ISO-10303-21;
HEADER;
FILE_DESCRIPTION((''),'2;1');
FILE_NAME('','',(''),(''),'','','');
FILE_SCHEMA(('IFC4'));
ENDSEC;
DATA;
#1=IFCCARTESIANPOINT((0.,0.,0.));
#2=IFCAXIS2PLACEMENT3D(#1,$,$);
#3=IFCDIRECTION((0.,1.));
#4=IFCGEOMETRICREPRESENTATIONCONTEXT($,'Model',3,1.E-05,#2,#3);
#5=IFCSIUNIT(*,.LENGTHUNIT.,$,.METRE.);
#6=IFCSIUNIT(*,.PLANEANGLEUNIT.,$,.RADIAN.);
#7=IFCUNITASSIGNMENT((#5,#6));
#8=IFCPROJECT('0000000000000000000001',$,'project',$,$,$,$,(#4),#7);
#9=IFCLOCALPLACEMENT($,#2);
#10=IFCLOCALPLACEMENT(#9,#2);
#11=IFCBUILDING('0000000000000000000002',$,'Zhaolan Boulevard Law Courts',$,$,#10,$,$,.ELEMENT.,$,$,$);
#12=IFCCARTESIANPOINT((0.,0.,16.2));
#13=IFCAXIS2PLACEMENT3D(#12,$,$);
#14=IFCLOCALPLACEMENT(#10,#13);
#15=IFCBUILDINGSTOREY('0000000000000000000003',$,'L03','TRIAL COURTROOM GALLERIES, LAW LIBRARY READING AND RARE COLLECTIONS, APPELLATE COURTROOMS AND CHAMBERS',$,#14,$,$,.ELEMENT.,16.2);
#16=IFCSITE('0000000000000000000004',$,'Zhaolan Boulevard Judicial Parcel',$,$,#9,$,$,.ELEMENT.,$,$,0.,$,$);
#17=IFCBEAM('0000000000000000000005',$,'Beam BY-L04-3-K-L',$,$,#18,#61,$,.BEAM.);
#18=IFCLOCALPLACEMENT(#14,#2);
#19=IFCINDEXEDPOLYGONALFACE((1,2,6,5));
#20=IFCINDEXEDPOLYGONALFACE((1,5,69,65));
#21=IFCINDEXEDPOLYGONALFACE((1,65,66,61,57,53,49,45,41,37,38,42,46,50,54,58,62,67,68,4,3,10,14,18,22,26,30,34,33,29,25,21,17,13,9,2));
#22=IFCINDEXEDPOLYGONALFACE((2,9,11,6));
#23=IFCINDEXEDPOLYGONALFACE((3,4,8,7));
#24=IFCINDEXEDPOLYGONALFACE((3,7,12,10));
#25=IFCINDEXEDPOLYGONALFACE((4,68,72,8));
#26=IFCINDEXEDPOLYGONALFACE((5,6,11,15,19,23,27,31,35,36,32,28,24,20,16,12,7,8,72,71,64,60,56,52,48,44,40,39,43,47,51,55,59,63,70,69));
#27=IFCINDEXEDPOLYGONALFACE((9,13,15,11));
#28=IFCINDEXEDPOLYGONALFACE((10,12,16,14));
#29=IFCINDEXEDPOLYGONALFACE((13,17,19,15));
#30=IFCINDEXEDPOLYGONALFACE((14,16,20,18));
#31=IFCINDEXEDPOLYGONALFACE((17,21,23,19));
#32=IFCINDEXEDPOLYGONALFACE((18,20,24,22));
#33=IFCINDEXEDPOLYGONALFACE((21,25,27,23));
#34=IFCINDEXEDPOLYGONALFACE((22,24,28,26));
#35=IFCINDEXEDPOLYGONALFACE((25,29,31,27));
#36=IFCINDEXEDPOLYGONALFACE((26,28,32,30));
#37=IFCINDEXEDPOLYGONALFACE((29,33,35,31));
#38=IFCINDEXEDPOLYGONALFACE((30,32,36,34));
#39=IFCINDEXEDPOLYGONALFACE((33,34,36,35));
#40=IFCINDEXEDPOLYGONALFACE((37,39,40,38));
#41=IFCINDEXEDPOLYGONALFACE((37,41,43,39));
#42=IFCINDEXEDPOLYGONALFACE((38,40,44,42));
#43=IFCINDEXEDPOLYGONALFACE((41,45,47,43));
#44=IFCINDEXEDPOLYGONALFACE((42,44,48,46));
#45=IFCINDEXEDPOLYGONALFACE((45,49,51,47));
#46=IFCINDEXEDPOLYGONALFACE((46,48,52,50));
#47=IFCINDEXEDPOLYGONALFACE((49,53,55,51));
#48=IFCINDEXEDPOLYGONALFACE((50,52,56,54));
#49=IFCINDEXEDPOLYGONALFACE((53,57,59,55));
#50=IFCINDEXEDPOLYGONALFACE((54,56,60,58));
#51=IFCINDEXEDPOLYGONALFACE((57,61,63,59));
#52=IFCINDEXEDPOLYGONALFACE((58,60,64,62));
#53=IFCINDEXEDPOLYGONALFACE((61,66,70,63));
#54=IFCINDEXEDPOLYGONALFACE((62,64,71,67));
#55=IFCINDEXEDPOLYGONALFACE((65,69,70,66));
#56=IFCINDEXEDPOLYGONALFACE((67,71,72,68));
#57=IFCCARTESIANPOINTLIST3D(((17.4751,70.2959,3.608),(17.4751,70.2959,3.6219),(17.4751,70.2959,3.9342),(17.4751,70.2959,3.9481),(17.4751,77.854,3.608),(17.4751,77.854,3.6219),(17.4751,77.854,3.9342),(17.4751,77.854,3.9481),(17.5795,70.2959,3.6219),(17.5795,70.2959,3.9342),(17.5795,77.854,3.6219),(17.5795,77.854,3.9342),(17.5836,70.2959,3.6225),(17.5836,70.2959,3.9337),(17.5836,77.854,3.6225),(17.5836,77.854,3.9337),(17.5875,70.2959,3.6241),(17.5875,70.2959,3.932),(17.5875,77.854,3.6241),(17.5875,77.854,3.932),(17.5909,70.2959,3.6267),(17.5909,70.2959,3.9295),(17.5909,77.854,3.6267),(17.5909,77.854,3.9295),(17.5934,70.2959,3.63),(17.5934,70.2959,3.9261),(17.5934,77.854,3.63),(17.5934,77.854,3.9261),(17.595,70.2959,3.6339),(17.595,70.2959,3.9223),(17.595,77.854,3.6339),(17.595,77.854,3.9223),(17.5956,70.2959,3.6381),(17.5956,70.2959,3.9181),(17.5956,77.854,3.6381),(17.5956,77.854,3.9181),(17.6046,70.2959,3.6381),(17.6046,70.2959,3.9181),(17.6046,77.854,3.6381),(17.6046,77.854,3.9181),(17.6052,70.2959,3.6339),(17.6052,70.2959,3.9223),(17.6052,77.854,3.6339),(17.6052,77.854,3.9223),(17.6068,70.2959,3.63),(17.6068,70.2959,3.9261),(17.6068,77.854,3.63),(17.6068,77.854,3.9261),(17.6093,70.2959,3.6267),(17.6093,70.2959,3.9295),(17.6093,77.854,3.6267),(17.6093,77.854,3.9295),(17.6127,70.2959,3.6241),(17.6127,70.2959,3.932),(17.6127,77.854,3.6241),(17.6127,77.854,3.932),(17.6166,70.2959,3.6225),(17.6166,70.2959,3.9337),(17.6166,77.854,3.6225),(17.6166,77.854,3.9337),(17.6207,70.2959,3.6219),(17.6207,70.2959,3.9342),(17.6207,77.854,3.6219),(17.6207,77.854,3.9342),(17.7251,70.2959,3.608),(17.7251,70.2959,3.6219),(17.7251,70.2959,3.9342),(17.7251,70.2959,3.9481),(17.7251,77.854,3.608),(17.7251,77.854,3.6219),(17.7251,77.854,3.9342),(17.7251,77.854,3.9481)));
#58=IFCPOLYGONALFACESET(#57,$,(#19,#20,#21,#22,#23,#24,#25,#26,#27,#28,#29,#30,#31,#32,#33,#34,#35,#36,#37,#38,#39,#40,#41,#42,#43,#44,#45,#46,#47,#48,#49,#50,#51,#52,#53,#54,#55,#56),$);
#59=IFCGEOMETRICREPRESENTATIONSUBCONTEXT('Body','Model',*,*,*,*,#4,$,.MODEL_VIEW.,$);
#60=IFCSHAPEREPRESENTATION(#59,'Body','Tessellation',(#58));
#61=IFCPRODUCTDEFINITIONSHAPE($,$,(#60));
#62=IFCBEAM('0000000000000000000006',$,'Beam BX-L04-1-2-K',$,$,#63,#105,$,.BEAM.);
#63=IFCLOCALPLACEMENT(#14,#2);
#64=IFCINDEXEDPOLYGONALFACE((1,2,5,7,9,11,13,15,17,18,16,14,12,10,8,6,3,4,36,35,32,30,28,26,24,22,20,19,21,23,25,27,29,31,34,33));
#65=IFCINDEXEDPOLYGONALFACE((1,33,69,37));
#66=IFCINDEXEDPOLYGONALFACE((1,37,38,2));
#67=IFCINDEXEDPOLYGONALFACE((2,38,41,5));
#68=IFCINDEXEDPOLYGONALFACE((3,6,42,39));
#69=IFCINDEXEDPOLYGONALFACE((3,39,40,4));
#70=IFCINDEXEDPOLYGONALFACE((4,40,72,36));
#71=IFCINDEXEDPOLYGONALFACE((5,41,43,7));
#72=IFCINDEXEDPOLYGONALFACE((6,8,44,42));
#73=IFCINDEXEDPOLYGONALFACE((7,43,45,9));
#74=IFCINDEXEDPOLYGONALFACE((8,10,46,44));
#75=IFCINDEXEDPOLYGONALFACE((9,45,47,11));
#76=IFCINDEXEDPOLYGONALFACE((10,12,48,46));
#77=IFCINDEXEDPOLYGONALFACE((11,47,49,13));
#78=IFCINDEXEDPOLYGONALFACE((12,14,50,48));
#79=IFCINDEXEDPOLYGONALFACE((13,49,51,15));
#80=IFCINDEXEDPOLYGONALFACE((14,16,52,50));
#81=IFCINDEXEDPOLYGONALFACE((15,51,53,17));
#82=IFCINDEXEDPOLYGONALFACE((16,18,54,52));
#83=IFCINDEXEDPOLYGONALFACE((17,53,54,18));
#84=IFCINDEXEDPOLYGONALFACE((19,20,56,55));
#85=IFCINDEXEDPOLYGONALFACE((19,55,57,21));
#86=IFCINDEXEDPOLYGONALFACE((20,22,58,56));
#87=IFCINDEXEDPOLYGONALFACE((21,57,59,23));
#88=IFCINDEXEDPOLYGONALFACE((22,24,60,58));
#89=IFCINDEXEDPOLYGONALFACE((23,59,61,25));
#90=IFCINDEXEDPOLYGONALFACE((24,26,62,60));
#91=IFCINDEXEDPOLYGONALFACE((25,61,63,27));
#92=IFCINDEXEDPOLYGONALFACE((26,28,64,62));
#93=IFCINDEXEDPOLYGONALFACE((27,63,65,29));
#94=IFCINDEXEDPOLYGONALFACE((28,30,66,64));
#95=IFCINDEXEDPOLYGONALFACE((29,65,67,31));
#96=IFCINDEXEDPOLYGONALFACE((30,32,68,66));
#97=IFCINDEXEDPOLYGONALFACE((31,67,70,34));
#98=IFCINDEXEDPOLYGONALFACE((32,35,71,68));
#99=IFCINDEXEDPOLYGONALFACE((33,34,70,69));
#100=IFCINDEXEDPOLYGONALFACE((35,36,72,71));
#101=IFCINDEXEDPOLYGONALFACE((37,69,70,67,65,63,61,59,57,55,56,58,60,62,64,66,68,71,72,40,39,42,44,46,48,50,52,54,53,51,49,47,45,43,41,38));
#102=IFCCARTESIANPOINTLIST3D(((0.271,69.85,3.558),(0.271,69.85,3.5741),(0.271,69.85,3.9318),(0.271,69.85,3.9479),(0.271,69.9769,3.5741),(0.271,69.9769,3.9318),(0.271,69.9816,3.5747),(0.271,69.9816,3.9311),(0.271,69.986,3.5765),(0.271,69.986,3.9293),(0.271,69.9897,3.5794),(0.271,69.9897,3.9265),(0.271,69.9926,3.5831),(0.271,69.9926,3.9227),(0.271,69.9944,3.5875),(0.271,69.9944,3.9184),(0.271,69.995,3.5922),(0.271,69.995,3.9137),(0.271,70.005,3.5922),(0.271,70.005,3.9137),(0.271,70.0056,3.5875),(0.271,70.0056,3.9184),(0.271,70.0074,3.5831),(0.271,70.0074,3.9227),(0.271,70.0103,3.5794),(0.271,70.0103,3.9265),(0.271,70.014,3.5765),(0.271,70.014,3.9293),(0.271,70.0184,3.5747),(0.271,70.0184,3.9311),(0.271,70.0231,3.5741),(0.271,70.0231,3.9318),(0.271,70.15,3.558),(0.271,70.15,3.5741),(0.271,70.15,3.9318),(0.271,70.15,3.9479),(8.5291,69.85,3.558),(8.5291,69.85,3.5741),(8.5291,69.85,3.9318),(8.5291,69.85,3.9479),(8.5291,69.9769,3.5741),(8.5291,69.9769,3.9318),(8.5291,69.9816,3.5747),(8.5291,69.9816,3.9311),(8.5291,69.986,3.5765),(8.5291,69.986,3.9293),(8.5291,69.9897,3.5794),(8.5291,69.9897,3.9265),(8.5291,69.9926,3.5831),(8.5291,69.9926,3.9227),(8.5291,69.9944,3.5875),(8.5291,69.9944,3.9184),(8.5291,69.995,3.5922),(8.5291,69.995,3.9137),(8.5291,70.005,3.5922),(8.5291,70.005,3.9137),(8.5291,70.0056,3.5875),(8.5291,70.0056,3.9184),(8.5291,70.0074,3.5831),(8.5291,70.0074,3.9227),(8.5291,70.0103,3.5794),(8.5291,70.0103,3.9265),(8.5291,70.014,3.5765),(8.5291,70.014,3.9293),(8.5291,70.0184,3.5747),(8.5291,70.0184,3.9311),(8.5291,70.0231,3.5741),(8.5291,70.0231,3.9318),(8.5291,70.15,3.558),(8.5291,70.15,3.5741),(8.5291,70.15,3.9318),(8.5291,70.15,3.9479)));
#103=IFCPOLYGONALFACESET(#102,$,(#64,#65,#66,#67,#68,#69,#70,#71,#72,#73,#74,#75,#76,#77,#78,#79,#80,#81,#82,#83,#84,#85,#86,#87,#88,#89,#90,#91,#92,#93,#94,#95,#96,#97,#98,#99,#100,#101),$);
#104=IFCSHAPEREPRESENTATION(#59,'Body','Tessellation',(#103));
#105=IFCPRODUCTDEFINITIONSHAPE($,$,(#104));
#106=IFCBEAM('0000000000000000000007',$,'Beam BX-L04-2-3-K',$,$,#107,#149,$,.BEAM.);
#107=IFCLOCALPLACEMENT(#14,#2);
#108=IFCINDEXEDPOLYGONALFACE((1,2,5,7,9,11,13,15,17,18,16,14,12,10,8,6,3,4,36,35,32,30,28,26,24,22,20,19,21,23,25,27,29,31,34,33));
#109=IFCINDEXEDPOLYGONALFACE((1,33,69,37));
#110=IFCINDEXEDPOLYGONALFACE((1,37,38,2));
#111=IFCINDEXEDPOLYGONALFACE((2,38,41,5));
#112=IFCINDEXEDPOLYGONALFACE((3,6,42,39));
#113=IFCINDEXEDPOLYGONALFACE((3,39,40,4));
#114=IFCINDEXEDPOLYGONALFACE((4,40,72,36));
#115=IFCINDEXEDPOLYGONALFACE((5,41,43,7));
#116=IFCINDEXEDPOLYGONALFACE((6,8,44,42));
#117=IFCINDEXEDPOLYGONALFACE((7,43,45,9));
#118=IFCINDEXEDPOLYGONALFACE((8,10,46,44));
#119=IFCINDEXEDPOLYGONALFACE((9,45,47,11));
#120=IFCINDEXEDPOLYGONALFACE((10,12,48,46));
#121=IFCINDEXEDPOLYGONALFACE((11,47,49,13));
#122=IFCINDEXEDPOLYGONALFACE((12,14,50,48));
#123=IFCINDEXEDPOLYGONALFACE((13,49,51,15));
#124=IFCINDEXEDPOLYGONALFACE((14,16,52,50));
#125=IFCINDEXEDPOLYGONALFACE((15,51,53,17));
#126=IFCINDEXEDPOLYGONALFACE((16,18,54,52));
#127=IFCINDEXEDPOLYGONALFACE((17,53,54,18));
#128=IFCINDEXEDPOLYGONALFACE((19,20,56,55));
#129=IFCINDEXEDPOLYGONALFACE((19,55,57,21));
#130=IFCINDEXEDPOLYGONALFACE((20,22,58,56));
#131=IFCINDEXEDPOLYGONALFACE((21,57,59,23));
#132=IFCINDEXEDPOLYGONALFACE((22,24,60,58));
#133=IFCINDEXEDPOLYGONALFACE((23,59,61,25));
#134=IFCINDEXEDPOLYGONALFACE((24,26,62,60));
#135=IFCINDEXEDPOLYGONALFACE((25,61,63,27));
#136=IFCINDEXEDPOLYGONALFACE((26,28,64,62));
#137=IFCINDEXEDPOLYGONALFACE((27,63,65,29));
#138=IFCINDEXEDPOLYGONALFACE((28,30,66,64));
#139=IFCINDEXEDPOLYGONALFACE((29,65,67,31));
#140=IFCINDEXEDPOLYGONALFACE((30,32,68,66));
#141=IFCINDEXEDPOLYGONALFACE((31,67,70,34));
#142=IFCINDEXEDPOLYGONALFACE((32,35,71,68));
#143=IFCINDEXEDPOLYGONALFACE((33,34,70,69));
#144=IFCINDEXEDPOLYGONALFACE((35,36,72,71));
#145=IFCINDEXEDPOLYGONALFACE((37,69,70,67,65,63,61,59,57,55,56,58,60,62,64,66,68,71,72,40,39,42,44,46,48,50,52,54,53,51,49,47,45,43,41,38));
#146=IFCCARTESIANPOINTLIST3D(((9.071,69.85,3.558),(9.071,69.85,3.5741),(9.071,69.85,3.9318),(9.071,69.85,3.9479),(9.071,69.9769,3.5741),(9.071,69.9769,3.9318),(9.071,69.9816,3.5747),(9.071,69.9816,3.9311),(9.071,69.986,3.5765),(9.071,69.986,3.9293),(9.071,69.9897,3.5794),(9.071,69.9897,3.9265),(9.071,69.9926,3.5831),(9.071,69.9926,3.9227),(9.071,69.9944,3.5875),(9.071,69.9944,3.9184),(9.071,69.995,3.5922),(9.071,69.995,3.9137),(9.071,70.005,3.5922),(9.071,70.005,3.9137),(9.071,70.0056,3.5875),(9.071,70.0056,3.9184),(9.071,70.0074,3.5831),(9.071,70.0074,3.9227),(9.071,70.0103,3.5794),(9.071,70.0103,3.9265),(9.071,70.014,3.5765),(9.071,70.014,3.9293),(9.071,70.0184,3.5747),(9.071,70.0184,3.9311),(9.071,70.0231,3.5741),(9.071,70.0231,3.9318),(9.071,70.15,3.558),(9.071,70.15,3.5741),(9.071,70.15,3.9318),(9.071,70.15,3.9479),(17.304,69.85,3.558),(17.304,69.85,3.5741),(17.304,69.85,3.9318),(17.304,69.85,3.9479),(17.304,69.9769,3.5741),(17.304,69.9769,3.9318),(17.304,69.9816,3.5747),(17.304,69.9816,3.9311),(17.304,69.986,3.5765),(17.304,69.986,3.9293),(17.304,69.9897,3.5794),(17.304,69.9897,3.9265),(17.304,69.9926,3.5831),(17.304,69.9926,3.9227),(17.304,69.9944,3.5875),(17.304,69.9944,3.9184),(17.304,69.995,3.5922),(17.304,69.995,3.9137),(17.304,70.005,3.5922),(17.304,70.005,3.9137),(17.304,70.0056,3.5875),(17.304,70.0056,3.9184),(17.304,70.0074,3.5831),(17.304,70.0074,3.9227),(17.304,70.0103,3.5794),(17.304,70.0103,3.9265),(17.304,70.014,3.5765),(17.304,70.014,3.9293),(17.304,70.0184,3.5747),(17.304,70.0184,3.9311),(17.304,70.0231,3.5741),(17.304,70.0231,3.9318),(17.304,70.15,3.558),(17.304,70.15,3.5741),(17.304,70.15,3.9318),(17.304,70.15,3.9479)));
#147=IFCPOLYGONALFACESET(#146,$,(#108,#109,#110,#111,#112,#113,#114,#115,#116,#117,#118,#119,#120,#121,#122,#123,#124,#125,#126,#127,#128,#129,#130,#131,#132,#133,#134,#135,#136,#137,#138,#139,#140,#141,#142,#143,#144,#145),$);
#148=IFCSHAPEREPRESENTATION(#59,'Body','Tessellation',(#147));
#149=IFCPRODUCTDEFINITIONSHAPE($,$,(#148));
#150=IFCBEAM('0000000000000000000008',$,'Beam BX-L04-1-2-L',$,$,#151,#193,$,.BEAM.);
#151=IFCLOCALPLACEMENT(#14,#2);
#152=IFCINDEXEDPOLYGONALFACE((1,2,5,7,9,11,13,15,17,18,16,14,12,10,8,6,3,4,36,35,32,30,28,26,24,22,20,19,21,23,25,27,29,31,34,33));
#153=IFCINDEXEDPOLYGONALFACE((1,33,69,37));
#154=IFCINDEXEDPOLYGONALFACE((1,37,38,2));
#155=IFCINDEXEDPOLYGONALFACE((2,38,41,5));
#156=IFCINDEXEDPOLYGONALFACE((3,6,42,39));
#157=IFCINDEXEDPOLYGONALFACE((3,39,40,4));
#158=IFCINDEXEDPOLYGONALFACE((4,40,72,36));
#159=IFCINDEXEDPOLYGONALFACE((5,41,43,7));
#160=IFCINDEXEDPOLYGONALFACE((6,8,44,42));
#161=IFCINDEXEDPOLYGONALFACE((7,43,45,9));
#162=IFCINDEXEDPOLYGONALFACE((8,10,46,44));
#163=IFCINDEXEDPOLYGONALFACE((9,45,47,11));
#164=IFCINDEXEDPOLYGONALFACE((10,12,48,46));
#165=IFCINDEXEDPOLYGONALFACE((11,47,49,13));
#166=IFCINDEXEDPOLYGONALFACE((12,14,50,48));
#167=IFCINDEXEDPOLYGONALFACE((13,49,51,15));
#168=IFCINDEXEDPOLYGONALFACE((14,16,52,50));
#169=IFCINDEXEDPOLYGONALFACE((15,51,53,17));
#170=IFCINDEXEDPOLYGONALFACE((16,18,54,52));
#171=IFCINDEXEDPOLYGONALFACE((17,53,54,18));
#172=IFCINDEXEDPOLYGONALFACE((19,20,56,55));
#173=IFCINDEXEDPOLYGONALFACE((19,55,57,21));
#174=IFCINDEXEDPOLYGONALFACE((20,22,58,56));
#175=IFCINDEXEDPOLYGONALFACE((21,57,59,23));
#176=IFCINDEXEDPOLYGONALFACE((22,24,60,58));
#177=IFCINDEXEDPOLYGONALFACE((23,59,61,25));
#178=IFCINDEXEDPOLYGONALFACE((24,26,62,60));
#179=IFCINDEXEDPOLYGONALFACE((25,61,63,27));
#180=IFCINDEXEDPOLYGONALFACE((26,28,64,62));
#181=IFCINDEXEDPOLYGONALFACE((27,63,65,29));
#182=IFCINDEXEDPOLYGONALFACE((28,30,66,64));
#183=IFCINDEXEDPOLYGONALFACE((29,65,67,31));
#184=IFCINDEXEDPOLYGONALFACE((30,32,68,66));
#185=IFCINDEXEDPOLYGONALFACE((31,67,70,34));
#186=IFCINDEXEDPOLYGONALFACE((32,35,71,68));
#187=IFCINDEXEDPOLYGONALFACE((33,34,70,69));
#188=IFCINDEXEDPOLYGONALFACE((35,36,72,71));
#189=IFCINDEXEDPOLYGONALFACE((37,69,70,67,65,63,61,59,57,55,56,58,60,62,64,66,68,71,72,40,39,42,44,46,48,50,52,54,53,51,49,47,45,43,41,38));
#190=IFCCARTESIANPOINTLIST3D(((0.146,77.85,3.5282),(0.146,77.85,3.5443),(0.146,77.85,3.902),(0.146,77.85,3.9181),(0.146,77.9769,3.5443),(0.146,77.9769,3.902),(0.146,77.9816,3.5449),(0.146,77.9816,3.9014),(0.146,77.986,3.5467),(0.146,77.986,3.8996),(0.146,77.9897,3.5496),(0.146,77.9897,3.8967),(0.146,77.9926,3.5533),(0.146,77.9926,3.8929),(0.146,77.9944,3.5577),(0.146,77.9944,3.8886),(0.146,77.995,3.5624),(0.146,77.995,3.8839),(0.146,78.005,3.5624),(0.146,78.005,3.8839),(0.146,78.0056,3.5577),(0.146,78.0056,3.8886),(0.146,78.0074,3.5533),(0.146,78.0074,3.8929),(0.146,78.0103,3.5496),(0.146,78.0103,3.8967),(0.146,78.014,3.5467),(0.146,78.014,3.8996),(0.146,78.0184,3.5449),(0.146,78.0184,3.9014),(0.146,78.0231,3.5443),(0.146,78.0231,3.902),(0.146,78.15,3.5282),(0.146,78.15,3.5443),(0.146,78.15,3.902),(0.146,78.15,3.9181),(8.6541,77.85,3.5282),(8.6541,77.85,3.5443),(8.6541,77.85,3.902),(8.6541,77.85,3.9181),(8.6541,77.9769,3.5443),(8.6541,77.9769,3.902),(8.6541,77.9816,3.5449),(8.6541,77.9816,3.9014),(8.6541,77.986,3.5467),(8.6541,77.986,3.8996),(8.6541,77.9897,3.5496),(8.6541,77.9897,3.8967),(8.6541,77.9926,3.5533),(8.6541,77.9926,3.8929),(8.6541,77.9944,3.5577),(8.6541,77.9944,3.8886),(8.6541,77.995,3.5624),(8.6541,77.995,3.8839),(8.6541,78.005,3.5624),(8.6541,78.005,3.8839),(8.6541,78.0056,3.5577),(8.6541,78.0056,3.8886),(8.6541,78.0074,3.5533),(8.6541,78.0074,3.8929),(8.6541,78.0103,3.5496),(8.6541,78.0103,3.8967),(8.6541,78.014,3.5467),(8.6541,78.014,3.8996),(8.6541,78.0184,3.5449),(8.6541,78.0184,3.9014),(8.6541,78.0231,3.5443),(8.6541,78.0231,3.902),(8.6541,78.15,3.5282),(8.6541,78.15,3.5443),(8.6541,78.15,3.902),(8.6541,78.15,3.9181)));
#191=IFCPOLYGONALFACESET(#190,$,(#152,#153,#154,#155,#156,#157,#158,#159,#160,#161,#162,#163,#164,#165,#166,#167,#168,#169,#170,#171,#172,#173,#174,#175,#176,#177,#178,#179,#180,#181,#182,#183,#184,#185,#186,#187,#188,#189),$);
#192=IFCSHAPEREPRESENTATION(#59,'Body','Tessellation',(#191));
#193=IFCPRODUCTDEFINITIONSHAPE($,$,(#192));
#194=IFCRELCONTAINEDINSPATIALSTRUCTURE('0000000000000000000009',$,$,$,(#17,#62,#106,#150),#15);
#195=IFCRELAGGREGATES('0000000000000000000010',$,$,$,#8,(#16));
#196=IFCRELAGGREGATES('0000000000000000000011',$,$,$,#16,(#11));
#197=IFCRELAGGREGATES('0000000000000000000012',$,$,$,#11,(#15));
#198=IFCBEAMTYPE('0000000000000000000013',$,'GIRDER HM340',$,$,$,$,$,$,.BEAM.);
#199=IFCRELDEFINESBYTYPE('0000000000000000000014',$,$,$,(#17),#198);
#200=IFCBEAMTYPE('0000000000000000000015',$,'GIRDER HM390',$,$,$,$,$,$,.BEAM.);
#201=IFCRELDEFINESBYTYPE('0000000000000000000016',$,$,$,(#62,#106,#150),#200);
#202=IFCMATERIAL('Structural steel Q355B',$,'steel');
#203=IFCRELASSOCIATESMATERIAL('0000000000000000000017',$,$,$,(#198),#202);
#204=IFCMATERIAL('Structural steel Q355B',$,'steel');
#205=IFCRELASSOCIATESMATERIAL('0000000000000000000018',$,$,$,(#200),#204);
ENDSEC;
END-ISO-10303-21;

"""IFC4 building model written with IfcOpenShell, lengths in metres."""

from ifc_helpers import new_model, si_unit, direction, frame, origin, origin_2d, place, context, subcontext, project, spatial, i_section, extrude, material, material_profile, profile_set, type_object, element, save


model = new_model("IFC4")

# Units and contexts
model_context = context("Model", 3, precision=1e-05, world=origin(), true_north=direction((0.0, 1.0)))
body_context = subcontext(model_context, "Body", "Model", "MODEL_VIEW")
ifc_project = project(units=[si_unit("LENGTHUNIT", "METRE"), si_unit("PLANEANGLEUNIT", "RADIAN")], contexts=[model_context])

# Site, building, storey
site_placement = place(None, origin())
site = spatial("IfcSite", under=ifc_project, at=site_placement, Name="Zhaolan Boulevard Judicial Parcel", CompositionType="ELEMENT", RefElevation=0.0)
building_placement = place(site_placement, origin())
building = spatial("IfcBuilding", under=site, at=building_placement, Name="Zhaolan Boulevard Law Courts", CompositionType="ELEMENT")
storey_placement = place(building_placement, frame((0.0, 0.0, 16.2)))
storey = spatial("IfcBuildingStorey", under=building, at=storey_placement, Name="L03", Description="TRIAL COURTROOM GALLERIES, LAW LIBRARY READING AND RARE COLLECTIONS, APPELLATE COURTROOMS AND CHAMBERS", CompositionType="ELEMENT", Elevation=16.2)

# Beams
ifc_material_1 = material(Name="Structural steel Q355B", Category="steel")
ifc_material_profile_1 = material_profile(ifc_material_1, i_section(OverallWidth=0.25, OverallDepth=0.3401, WebThickness=0.009, FlangeThickness=0.0139, FilletRadius=0.0161, at=origin_2d()), Name="HM340x250")
ifc_profile_set_1 = profile_set([ifc_material_profile_1], Name="Structural steel Q355B")
beam_type_1 = type_object("IfcBeamType", Name="GIRDER HM340", PredefinedType="BEAM", material=ifc_profile_set_1)
beam_1_placement = place(storey_placement, frame((17.6001, 70.2959, 3.7781), z_axis=(0.0, 1.0, 0.0), x_axis=(-1.0, 0.0, 0.0)))
element("IfcBeam", 1, at=beam_1_placement, inside=storey, type_object=beam_type_1, Name="Beam BY-L04-3-K-L", PredefinedType="BEAM", context=body_context, shape_type="SweptSolid", body=[
    extrude(i_section(OverallWidth=0.25, OverallDepth=0.3401, WebThickness=0.009, FlangeThickness=0.0139, FilletRadius=0.0161, at=origin_2d()), origin(), (0.0, 0.0, 1.0), 7.5581),
])
ifc_material_2 = material(Name="Structural steel Q355B", Category="steel")
ifc_material_profile_2 = material_profile(ifc_material_2, i_section(OverallWidth=0.3, OverallDepth=0.3899, WebThickness=0.01, FlangeThickness=0.0161, FilletRadius=0.0181, at=origin_2d()), Name="HM390x300")
ifc_profile_set_2 = profile_set([ifc_material_profile_2], Name="Structural steel Q355B")
beam_type_2 = type_object("IfcBeamType", Name="GIRDER HM390", PredefinedType="BEAM", material=ifc_profile_set_2)
beam_2_placement = place(storey_placement, frame((0.271, 70.0, 3.7529), z_axis=(1.0, 0.0, 0.0), x_axis=(0.0, 1.0, 0.0)))
element("IfcBeam", 2, at=beam_2_placement, inside=storey, type_object=beam_type_2, Name="Beam BX-L04-1-2-K", PredefinedType="BEAM", context=body_context, shape_type="SweptSolid", body=[
    extrude(i_section(OverallWidth=0.3, OverallDepth=0.3899, WebThickness=0.01, FlangeThickness=0.0161, FilletRadius=0.0181, at=origin_2d()), origin(), (0.0, 0.0, 1.0), 8.2581),
])
beam_3_placement = place(storey_placement, frame((9.071, 70.0, 3.7529), z_axis=(1.0, 0.0, 0.0), x_axis=(0.0, 1.0, 0.0)))
element("IfcBeam", 3, at=beam_3_placement, inside=storey, type_object=beam_type_2, Name="Beam BX-L04-2-3-K", PredefinedType="BEAM", context=body_context, shape_type="SweptSolid", body=[
    extrude(i_section(OverallWidth=0.3, OverallDepth=0.3899, WebThickness=0.01, FlangeThickness=0.0161, FilletRadius=0.0181, at=origin_2d()), origin(), (0.0, 0.0, 1.0), 8.2329),
])
beam_4_placement = place(storey_placement, frame((0.146, 78.0, 3.7231), z_axis=(1.0, 0.0, 0.0), x_axis=(0.0, 1.0, 0.0)))
element("IfcBeam", 4, at=beam_4_placement, inside=storey, type_object=beam_type_2, Name="Beam BX-L04-1-2-L", PredefinedType="BEAM", context=body_context, shape_type="SweptSolid", body=[
    extrude(i_section(OverallWidth=0.3, OverallDepth=0.3899, WebThickness=0.01, FlangeThickness=0.0161, FilletRadius=0.0181, at=origin_2d()), origin(), (0.0, 0.0, 1.0), 8.5081),
])

save(model, "model.ifc")
